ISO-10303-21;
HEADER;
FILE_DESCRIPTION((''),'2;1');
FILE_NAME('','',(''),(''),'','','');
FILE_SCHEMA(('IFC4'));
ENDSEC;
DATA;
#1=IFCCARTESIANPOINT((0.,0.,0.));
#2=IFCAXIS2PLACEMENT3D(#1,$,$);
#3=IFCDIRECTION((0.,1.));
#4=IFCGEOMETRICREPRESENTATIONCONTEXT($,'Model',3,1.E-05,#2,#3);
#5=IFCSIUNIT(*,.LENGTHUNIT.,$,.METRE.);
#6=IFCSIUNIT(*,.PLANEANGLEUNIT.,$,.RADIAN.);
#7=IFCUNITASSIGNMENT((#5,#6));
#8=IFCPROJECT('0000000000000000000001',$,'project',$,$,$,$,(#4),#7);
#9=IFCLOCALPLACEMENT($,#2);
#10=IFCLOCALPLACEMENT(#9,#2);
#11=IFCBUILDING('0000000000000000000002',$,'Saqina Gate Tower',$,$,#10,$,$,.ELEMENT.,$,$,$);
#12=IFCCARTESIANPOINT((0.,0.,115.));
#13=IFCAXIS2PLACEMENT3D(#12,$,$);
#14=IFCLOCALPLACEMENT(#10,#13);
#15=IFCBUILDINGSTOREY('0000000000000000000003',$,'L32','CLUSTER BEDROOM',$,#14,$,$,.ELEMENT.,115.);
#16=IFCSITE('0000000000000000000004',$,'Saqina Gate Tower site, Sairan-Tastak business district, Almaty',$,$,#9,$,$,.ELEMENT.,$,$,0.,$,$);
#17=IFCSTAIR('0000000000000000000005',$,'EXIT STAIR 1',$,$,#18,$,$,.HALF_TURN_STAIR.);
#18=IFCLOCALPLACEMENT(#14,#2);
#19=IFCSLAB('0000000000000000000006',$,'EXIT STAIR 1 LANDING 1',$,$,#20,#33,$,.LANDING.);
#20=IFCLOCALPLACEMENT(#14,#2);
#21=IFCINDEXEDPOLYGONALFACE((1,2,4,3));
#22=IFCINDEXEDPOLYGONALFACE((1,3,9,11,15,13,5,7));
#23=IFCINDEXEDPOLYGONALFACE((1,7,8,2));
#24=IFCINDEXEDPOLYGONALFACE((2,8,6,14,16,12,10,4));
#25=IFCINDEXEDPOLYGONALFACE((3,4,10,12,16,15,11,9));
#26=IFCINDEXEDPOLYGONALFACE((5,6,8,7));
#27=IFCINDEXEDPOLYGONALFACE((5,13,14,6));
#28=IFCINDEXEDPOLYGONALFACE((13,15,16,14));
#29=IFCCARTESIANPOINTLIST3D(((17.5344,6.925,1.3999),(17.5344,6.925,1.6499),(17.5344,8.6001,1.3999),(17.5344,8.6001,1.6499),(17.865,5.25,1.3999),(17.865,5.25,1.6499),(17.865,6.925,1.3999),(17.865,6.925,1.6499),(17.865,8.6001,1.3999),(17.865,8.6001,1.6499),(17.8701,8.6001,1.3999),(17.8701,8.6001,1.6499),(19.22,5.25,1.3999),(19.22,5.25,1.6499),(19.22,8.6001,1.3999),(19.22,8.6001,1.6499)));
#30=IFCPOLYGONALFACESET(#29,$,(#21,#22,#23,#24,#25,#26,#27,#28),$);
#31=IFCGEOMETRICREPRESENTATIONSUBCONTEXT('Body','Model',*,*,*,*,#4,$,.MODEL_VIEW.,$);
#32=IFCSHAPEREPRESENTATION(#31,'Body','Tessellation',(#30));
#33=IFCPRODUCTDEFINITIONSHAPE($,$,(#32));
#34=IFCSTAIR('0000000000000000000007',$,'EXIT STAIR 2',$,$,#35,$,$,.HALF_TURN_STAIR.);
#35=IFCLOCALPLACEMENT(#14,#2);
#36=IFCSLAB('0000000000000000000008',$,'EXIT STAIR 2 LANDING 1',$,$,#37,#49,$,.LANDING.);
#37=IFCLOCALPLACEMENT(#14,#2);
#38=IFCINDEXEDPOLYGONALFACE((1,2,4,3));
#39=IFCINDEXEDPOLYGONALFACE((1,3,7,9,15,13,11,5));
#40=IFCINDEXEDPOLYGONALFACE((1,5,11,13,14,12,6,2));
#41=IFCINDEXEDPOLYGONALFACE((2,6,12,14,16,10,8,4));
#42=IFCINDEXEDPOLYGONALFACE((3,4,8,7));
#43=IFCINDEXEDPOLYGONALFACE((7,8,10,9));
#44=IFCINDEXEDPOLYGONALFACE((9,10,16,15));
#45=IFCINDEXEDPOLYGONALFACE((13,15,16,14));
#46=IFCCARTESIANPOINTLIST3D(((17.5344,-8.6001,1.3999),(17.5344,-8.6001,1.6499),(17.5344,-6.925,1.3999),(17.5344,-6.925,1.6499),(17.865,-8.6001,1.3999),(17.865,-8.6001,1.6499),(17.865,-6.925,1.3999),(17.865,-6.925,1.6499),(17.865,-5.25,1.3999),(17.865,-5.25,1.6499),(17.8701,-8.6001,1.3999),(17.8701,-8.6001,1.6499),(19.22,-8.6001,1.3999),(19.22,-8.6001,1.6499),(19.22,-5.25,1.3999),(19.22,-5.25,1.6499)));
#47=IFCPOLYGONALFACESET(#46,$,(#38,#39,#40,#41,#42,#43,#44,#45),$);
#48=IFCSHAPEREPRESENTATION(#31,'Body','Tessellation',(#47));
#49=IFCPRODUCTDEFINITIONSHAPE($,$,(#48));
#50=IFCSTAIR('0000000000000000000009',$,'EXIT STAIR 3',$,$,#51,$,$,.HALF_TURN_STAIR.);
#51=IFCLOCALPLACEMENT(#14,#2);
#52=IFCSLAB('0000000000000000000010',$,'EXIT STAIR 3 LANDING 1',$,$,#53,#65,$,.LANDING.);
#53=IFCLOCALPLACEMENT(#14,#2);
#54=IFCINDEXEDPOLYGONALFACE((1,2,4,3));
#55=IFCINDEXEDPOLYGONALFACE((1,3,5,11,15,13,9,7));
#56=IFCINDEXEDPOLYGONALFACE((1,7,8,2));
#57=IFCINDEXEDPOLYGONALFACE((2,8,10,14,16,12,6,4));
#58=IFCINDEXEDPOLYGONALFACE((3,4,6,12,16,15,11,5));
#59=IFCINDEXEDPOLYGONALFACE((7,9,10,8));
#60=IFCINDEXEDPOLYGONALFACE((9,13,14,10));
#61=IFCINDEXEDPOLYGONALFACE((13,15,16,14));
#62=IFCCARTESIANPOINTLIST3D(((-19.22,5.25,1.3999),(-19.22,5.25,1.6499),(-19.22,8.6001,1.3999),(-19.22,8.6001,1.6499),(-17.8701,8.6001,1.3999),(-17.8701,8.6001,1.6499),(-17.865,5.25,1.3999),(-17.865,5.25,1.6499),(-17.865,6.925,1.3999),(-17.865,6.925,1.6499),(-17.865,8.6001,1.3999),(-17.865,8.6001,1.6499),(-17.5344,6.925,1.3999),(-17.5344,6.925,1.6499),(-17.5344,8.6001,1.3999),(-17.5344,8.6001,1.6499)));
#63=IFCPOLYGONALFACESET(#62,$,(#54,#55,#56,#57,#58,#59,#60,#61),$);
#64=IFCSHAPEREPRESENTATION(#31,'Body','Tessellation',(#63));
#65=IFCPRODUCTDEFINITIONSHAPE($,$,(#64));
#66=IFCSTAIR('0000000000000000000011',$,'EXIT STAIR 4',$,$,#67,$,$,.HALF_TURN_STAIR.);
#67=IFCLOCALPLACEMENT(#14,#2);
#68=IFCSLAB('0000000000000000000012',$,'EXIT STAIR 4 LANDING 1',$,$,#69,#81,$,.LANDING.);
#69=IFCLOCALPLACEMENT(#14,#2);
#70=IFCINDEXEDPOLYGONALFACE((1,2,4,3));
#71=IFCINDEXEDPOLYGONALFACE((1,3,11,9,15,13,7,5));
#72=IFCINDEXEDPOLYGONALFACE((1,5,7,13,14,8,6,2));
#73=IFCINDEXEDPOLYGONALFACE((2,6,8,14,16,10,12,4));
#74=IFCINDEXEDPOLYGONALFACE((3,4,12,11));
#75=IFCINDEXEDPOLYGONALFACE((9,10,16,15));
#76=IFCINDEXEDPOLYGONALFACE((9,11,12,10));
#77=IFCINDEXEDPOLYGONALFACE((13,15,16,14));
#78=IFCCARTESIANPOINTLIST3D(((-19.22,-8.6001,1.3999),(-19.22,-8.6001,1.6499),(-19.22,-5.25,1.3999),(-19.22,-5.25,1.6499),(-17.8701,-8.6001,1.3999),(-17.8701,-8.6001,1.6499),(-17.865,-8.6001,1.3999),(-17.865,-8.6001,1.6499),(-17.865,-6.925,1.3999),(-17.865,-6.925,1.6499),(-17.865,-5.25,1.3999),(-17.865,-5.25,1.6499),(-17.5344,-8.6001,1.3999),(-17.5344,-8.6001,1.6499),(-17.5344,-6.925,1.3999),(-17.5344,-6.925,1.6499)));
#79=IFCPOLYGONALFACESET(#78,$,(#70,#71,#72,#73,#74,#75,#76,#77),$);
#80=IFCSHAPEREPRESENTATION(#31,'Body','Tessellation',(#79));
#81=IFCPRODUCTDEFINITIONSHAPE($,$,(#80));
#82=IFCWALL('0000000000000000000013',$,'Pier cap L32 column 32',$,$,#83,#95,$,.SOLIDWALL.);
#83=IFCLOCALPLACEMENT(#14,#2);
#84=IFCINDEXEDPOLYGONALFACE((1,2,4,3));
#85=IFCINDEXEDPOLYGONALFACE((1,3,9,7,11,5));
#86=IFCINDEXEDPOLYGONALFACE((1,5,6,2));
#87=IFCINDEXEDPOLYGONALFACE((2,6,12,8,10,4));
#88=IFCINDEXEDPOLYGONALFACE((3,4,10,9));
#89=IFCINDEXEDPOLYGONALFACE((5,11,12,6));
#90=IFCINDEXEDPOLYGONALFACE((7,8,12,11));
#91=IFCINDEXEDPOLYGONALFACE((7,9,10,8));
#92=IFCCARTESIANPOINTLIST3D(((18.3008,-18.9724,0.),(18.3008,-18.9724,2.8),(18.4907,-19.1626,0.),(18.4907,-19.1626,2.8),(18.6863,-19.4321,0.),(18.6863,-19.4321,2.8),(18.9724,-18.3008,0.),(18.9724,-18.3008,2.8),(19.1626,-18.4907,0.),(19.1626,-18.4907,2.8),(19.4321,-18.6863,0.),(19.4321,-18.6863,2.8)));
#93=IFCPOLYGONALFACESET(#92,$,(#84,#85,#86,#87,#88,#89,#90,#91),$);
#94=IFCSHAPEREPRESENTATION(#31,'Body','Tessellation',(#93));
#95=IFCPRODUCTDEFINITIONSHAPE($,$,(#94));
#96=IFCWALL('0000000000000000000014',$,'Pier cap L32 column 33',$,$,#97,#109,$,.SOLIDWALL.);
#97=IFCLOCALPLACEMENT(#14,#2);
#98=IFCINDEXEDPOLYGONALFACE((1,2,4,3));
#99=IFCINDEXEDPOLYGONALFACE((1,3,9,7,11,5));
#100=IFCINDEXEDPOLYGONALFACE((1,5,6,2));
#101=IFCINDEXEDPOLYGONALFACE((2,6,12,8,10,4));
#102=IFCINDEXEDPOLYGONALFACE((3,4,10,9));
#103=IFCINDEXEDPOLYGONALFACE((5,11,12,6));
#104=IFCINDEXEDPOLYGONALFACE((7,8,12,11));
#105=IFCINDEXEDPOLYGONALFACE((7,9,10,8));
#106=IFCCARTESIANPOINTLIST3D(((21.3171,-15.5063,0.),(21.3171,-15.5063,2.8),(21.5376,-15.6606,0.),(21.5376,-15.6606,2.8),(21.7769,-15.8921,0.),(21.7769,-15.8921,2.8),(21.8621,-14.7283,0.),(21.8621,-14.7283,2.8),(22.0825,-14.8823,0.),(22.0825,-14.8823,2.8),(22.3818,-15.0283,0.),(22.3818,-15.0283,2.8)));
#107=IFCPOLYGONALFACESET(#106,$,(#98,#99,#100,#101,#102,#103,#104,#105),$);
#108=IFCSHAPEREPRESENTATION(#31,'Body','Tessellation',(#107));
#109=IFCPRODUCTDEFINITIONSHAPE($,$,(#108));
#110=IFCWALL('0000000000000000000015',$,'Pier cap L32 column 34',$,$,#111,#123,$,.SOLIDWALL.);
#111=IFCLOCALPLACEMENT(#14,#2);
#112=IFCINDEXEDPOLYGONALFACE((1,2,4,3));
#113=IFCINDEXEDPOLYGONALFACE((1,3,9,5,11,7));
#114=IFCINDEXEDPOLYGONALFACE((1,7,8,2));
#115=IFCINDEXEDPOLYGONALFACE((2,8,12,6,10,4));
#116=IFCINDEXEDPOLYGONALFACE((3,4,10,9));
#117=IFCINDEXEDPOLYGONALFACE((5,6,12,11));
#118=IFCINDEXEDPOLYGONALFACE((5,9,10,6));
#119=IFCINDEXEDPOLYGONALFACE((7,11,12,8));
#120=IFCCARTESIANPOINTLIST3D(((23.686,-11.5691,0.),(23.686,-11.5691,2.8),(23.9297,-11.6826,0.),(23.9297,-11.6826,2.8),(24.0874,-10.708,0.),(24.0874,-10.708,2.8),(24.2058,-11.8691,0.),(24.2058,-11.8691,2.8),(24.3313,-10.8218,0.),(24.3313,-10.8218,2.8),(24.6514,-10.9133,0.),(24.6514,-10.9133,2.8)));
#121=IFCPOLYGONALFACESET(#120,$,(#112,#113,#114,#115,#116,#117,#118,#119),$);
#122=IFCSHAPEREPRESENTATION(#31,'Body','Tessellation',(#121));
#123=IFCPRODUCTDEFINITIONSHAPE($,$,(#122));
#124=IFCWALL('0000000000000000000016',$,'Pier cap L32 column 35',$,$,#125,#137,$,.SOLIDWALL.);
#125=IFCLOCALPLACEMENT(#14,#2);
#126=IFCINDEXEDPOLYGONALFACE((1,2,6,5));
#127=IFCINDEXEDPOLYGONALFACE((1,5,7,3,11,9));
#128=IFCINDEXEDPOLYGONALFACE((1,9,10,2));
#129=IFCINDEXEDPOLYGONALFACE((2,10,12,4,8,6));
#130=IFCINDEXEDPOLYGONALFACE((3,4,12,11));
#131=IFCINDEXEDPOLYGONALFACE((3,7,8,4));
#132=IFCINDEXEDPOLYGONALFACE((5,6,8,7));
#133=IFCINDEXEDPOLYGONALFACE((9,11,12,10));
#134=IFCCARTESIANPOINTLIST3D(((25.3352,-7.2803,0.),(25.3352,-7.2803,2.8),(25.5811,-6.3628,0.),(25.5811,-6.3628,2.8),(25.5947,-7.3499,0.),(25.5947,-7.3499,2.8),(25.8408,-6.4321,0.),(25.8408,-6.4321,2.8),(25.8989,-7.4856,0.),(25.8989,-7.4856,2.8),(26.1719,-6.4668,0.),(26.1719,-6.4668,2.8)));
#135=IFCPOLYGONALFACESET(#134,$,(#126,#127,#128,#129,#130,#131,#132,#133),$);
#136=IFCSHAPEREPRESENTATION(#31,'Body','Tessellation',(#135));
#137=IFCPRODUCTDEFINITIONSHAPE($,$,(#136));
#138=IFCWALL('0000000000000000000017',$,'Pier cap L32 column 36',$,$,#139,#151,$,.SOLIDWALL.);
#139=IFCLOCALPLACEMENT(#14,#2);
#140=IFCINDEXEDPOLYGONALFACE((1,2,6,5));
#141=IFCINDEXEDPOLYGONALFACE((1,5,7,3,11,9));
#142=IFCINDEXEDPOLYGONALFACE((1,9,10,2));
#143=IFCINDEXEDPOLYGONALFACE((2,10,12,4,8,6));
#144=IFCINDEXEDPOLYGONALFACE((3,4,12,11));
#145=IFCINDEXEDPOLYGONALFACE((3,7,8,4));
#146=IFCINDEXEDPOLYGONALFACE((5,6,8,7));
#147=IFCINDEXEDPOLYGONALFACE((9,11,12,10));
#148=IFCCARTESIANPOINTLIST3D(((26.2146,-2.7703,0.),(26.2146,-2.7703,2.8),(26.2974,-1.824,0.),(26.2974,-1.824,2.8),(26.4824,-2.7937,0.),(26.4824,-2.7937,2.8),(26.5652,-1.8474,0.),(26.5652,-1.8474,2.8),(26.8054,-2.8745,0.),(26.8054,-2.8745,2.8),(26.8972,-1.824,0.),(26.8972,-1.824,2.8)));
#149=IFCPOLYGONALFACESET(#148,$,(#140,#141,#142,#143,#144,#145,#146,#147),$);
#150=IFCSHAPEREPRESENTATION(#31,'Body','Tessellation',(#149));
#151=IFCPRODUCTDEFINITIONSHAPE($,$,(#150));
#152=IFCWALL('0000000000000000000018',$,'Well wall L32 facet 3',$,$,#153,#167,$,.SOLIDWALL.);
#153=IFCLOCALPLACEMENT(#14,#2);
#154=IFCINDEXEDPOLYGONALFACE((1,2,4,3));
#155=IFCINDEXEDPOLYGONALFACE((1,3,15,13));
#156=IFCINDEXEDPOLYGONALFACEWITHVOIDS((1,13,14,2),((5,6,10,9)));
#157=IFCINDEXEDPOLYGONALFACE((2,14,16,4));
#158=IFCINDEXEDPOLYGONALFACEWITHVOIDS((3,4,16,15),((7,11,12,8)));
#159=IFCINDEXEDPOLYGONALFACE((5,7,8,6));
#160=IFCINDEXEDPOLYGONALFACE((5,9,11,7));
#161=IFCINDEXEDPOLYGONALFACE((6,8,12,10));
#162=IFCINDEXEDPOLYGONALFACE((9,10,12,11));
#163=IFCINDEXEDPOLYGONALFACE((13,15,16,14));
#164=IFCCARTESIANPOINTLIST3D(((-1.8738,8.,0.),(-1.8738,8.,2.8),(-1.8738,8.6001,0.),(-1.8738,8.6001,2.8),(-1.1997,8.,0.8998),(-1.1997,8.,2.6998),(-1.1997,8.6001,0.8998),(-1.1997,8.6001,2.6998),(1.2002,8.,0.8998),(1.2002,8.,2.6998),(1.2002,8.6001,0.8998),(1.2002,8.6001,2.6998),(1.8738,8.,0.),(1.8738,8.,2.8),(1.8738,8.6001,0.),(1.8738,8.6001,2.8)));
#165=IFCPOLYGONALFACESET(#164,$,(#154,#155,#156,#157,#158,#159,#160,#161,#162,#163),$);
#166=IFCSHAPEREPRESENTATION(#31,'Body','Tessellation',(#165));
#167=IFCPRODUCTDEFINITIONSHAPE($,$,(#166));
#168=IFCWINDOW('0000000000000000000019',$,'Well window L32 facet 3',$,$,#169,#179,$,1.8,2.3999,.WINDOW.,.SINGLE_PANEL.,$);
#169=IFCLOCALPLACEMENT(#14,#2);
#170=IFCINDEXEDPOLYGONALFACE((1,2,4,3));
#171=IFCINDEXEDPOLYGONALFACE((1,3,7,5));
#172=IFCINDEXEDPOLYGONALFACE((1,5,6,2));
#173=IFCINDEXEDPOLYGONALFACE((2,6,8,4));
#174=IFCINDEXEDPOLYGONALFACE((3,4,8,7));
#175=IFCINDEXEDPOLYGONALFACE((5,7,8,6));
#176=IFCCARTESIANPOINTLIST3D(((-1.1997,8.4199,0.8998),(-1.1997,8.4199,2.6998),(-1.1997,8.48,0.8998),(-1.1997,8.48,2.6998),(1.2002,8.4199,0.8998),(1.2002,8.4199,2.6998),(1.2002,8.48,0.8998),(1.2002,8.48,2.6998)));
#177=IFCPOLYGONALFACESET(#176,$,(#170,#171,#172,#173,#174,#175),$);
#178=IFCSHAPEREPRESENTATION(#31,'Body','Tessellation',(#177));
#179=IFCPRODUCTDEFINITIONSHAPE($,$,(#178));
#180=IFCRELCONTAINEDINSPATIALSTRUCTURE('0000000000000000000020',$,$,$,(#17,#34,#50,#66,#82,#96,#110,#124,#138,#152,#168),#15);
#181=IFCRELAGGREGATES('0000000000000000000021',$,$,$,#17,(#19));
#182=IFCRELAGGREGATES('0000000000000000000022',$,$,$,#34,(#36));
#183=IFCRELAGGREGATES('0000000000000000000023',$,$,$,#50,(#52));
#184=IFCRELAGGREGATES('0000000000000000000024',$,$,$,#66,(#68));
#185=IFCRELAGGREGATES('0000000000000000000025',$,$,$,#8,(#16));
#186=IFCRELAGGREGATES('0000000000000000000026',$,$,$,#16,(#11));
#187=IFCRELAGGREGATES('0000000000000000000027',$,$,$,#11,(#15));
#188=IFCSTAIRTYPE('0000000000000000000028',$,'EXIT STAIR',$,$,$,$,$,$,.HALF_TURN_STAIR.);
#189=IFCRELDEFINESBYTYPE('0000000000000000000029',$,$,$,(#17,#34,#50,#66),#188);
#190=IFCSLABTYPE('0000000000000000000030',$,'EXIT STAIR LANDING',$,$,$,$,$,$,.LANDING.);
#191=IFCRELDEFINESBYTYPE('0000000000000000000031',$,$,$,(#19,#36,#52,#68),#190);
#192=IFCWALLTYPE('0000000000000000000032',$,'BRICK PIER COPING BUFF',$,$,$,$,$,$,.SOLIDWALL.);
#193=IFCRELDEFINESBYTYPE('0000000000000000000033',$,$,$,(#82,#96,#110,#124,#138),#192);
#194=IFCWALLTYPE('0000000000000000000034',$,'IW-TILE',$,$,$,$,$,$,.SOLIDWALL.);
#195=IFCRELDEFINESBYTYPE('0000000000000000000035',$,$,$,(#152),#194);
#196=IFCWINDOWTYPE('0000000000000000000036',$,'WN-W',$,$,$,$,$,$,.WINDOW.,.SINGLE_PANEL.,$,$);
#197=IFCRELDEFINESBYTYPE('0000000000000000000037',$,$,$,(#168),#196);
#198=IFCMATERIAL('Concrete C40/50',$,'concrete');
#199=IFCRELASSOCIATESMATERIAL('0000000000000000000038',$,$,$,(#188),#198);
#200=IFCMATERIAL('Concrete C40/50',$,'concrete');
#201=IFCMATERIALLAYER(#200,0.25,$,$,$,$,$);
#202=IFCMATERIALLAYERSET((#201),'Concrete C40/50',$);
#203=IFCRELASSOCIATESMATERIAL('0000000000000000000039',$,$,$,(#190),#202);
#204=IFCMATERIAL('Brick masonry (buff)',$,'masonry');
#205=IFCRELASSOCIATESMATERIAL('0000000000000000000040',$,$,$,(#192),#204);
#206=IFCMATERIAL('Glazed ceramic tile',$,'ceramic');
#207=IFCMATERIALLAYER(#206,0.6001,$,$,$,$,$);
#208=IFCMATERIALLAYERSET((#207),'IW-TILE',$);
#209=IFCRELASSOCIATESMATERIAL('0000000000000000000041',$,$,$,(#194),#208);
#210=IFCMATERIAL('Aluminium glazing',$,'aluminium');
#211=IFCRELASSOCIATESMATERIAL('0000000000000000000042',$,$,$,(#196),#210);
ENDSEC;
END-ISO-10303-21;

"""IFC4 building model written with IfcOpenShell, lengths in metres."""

from ifc_helpers import new_model, si_unit, direction, frame, frame_2d, origin, place, context, subcontext, project, spatial, polyline, rectangle, outline, extrude, material, layer, layer_set, type_object, element, fill, aggregate, save


model = new_model("IFC4")

# Units and contexts
model_context = context("Model", 3, precision=1e-05, world=origin(), true_north=direction((0.0, 1.0)))
body_context = subcontext(model_context, "Body", "Model", "MODEL_VIEW")
ifc_project = project(units=[si_unit("LENGTHUNIT", "METRE"), si_unit("PLANEANGLEUNIT", "RADIAN")], contexts=[model_context])

# Site, building, storey
site_placement = place(None, origin())
site = spatial("IfcSite", under=ifc_project, at=site_placement, Name="Saqina Gate Tower site, Sairan-Tastak business district, Almaty", CompositionType="ELEMENT", RefElevation=0.0)
building_placement = place(site_placement, origin())
building = spatial("IfcBuilding", under=site, at=building_placement, Name="Saqina Gate Tower", CompositionType="ELEMENT")
storey_placement = place(building_placement, frame((0.0, 0.0, 115.0)))
storey = spatial("IfcBuildingStorey", under=building, at=storey_placement, Name="L32", Description="CLUSTER BEDROOM", CompositionType="ELEMENT", Elevation=115.0)

# Stairs, slabs
ifc_material_1 = material(Name="Concrete C40/50", Category="concrete")
stair_type = type_object("IfcStairType", Name="EXIT STAIR", PredefinedType="HALF_TURN_STAIR", material=ifc_material_1)
stair_1_placement = place(storey_placement, origin())
stair_1 = element("IfcStair", 1, at=stair_1_placement, inside=storey, type_object=stair_type, Name="EXIT STAIR 1", PredefinedType="HALF_TURN_STAIR")
ifc_material_2 = material(Name="Concrete C40/50", Category="concrete")
ifc_layer_1 = layer(ifc_material_2, 0.25)
ifc_layer_set_1 = layer_set([ifc_layer_1], Name="Concrete C40/50")
slab_type = type_object("IfcSlabType", Name="EXIT STAIR LANDING", PredefinedType="LANDING", material=ifc_layer_set_1)
slab_1_placement = place(storey_placement, frame((0.0, 0.0, 1.3999)))
slab_1 = element("IfcSlab", 2, at=slab_1_placement, type_object=slab_type, Name="EXIT STAIR 1 LANDING 1", PredefinedType="LANDING", context=body_context, shape_type="SweptSolid", body=[
    extrude(outline(polyline([(19.22, 8.6001), (19.22, 5.25), (17.865, 5.25), (17.865, 6.925), (17.5344, 6.925), (17.5344, 8.6001), (17.865, 8.6001), (17.8701, 8.6001), (19.22, 8.6001)])), origin(), (0.0, 0.0, 1.0), 0.25),
])
aggregate(stair_1, [slab_1])
stair_2_placement = place(storey_placement, origin())
stair_2 = element("IfcStair", 3, at=stair_2_placement, inside=storey, type_object=stair_type, Name="EXIT STAIR 2", PredefinedType="HALF_TURN_STAIR")
slab_2_placement = place(storey_placement, frame((0.0, 0.0, 1.3999)))
slab_2 = element("IfcSlab", 4, at=slab_2_placement, type_object=slab_type, Name="EXIT STAIR 2 LANDING 1", PredefinedType="LANDING", context=body_context, shape_type="SweptSolid", body=[
    extrude(outline(polyline([(17.5344, -8.6001), (17.5344, -6.925), (17.865, -6.925), (17.865, -5.25), (19.22, -5.25), (19.22, -8.6001), (17.8701, -8.6001), (17.865, -8.6001), (17.5344, -8.6001)])), origin(), (0.0, 0.0, 1.0), 0.25),
])
aggregate(stair_2, [slab_2])
stair_3_placement = place(storey_placement, origin())
stair_3 = element("IfcStair", 5, at=stair_3_placement, inside=storey, type_object=stair_type, Name="EXIT STAIR 3", PredefinedType="HALF_TURN_STAIR")
slab_3_placement = place(storey_placement, frame((0.0, 0.0, 1.3999)))
slab_3 = element("IfcSlab", 6, at=slab_3_placement, type_object=slab_type, Name="EXIT STAIR 3 LANDING 1", PredefinedType="LANDING", context=body_context, shape_type="SweptSolid", body=[
    extrude(outline(polyline([(-17.865, 5.25), (-19.22, 5.25), (-19.22, 8.6001), (-17.8701, 8.6001), (-17.865, 8.6001), (-17.5344, 8.6001), (-17.5344, 6.925), (-17.865, 6.925), (-17.865, 5.25)])), origin(), (0.0, 0.0, 1.0), 0.25),
])
aggregate(stair_3, [slab_3])
stair_4_placement = place(storey_placement, origin())
stair_4 = element("IfcStair", 7, at=stair_4_placement, inside=storey, type_object=stair_type, Name="EXIT STAIR 4", PredefinedType="HALF_TURN_STAIR")
slab_4_placement = place(storey_placement, frame((0.0, 0.0, 1.3999)))
slab_4 = element("IfcSlab", 8, at=slab_4_placement, type_object=slab_type, Name="EXIT STAIR 4 LANDING 1", PredefinedType="LANDING", context=body_context, shape_type="SweptSolid", body=[
    extrude(outline(polyline([(-17.5344, -6.925), (-17.5344, -8.6001), (-17.865, -8.6001), (-17.8701, -8.6001), (-19.22, -8.6001), (-19.22, -5.25), (-17.865, -5.25), (-17.865, -6.925), (-17.5344, -6.925)])), origin(), (0.0, 0.0, 1.0), 0.25),
])
aggregate(stair_4, [slab_4])

# Walls
ifc_material_3 = material(Name="Brick masonry (buff)", Category="masonry")
wall_type_1 = type_object("IfcWallType", Name="BRICK PIER COPING BUFF", PredefinedType="SOLIDWALL", material=ifc_material_3)
wall_1_placement = place(storey_placement, origin())
element("IfcWall", 9, at=wall_1_placement, inside=storey, type_object=wall_type_1, Name="Pier cap L32 column 32", PredefinedType="SOLIDWALL", context=body_context, shape_type="SweptSolid", body=[
    extrude(outline(polyline([(18.6863, -19.4321), (19.4321, -18.6863), (18.9724, -18.3008), (19.1626, -18.4907), (18.4907, -19.1626), (18.3008, -18.9724), (18.6863, -19.4321)])), origin(), (0.0, 0.0, 1.0), 2.8),
])
wall_2_placement = place(storey_placement, origin())
element("IfcWall", 10, at=wall_2_placement, inside=storey, type_object=wall_type_1, Name="Pier cap L32 column 33", PredefinedType="SOLIDWALL", context=body_context, shape_type="SweptSolid", body=[
    extrude(outline(polyline([(22.3818, -15.0283), (21.8621, -14.7283), (22.0825, -14.8823), (21.5376, -15.6606), (21.3171, -15.5063), (21.7769, -15.8921), (22.3818, -15.0283)])), origin(), (0.0, 0.0, 1.0), 2.8),
])
wall_3_placement = place(storey_placement, origin())
element("IfcWall", 11, at=wall_3_placement, inside=storey, type_object=wall_type_1, Name="Pier cap L32 column 34", PredefinedType="SOLIDWALL", context=body_context, shape_type="SweptSolid", body=[
    extrude(outline(polyline([(24.6514, -10.9133), (24.0874, -10.708), (24.3313, -10.8218), (23.9297, -11.6826), (23.686, -11.5691), (24.2058, -11.8691), (24.6514, -10.9133)])), origin(), (0.0, 0.0, 1.0), 2.8),
])
wall_4_placement = place(storey_placement, origin())
element("IfcWall", 12, at=wall_4_placement, inside=storey, type_object=wall_type_1, Name="Pier cap L32 column 35", PredefinedType="SOLIDWALL", context=body_context, shape_type="SweptSolid", body=[
    extrude(outline(polyline([(25.8989, -7.4856), (26.1719, -6.4668), (25.5811, -6.3628), (25.8408, -6.4321), (25.5947, -7.3499), (25.3352, -7.2803), (25.8989, -7.4856)])), origin(), (0.0, 0.0, 1.0), 2.8),
])
wall_5_placement = place(storey_placement, origin())
element("IfcWall", 13, at=wall_5_placement, inside=storey, type_object=wall_type_1, Name="Pier cap L32 column 36", PredefinedType="SOLIDWALL", context=body_context, shape_type="SweptSolid", body=[
    extrude(outline(polyline([(26.8054, -2.8745), (26.8972, -1.824), (26.2974, -1.824), (26.5652, -1.8474), (26.4824, -2.7937), (26.2146, -2.7703), (26.8054, -2.8745)])), origin(), (0.0, 0.0, 1.0), 2.8),
])

# Wall, opening, window
ifc_material_4 = material(Name="Glazed ceramic tile", Category="ceramic")
ifc_layer_2 = layer(ifc_material_4, 0.6001)
ifc_layer_set_2 = layer_set([ifc_layer_2], Name="IW-TILE")
wall_type_2 = type_object("IfcWallType", Name="IW-TILE", PredefinedType="SOLIDWALL", material=ifc_layer_set_2)
wall_6_placement = place(storey_placement, frame((1.8738, 8.3, 0.0), z_axis=(0.0, 0.0, 1.0), x_axis=(-1.0, 0.0, 0.0)))
wall_6 = element("IfcWall", 14, at=wall_6_placement, inside=storey, type_object=wall_type_2, Name="Well wall L32 facet 3", PredefinedType="SOLIDWALL", context=body_context, shape_type="SweptSolid", body=[
    extrude(rectangle(XDim=3.7476, YDim=0.6001, at=frame_2d((1.8738, 0.0))), origin(), (0.0, 0.0, 1.0), 2.8),
])
opening_placement = place(wall_6_placement, frame((0.6736, 0.0, 0.8999)))
opening = element("IfcOpeningElement", 15, at=opening_placement, cuts=wall_6, PredefinedType="OPENING", context=body_context, shape_type="SweptSolid", body=[
    extrude(rectangle(XDim=2.3999, YDim=1.8, at=frame_2d((1.2, 0.8999))), frame((0.0, 0.312, 0.0), z_axis=(0.0, -1.0, 0.0), x_axis=(1.0, 0.0, 0.0)), (0.0, 0.0, 1.0), 0.624),
])
ifc_material_5 = material(Name="Aluminium glazing", Category="aluminium")
window_type = type_object("IfcWindowType", Name="WN-W", PartitioningType="SINGLE_PANEL", PredefinedType="WINDOW", material=ifc_material_5)
window_placement = place(opening_placement, origin())
window = element("IfcWindow", 16, at=window_placement, inside=storey, type_object=window_type, Name="Well window L32 facet 3", OverallHeight=1.8, OverallWidth=2.3999, PartitioningType="SINGLE_PANEL", PredefinedType="WINDOW", context=body_context, shape_type="SweptSolid", body=[
    extrude(rectangle(XDim=2.3999, YDim=1.8, at=frame_2d((1.2, 0.8999))), frame((0.0, -0.1199, 0.0), z_axis=(0.0, -1.0, 0.0), x_axis=(1.0, 0.0, 0.0)), (0.0, 0.0, 1.0), 0.0601),
])
fill(opening, window)

save(model, "model.ifc")
